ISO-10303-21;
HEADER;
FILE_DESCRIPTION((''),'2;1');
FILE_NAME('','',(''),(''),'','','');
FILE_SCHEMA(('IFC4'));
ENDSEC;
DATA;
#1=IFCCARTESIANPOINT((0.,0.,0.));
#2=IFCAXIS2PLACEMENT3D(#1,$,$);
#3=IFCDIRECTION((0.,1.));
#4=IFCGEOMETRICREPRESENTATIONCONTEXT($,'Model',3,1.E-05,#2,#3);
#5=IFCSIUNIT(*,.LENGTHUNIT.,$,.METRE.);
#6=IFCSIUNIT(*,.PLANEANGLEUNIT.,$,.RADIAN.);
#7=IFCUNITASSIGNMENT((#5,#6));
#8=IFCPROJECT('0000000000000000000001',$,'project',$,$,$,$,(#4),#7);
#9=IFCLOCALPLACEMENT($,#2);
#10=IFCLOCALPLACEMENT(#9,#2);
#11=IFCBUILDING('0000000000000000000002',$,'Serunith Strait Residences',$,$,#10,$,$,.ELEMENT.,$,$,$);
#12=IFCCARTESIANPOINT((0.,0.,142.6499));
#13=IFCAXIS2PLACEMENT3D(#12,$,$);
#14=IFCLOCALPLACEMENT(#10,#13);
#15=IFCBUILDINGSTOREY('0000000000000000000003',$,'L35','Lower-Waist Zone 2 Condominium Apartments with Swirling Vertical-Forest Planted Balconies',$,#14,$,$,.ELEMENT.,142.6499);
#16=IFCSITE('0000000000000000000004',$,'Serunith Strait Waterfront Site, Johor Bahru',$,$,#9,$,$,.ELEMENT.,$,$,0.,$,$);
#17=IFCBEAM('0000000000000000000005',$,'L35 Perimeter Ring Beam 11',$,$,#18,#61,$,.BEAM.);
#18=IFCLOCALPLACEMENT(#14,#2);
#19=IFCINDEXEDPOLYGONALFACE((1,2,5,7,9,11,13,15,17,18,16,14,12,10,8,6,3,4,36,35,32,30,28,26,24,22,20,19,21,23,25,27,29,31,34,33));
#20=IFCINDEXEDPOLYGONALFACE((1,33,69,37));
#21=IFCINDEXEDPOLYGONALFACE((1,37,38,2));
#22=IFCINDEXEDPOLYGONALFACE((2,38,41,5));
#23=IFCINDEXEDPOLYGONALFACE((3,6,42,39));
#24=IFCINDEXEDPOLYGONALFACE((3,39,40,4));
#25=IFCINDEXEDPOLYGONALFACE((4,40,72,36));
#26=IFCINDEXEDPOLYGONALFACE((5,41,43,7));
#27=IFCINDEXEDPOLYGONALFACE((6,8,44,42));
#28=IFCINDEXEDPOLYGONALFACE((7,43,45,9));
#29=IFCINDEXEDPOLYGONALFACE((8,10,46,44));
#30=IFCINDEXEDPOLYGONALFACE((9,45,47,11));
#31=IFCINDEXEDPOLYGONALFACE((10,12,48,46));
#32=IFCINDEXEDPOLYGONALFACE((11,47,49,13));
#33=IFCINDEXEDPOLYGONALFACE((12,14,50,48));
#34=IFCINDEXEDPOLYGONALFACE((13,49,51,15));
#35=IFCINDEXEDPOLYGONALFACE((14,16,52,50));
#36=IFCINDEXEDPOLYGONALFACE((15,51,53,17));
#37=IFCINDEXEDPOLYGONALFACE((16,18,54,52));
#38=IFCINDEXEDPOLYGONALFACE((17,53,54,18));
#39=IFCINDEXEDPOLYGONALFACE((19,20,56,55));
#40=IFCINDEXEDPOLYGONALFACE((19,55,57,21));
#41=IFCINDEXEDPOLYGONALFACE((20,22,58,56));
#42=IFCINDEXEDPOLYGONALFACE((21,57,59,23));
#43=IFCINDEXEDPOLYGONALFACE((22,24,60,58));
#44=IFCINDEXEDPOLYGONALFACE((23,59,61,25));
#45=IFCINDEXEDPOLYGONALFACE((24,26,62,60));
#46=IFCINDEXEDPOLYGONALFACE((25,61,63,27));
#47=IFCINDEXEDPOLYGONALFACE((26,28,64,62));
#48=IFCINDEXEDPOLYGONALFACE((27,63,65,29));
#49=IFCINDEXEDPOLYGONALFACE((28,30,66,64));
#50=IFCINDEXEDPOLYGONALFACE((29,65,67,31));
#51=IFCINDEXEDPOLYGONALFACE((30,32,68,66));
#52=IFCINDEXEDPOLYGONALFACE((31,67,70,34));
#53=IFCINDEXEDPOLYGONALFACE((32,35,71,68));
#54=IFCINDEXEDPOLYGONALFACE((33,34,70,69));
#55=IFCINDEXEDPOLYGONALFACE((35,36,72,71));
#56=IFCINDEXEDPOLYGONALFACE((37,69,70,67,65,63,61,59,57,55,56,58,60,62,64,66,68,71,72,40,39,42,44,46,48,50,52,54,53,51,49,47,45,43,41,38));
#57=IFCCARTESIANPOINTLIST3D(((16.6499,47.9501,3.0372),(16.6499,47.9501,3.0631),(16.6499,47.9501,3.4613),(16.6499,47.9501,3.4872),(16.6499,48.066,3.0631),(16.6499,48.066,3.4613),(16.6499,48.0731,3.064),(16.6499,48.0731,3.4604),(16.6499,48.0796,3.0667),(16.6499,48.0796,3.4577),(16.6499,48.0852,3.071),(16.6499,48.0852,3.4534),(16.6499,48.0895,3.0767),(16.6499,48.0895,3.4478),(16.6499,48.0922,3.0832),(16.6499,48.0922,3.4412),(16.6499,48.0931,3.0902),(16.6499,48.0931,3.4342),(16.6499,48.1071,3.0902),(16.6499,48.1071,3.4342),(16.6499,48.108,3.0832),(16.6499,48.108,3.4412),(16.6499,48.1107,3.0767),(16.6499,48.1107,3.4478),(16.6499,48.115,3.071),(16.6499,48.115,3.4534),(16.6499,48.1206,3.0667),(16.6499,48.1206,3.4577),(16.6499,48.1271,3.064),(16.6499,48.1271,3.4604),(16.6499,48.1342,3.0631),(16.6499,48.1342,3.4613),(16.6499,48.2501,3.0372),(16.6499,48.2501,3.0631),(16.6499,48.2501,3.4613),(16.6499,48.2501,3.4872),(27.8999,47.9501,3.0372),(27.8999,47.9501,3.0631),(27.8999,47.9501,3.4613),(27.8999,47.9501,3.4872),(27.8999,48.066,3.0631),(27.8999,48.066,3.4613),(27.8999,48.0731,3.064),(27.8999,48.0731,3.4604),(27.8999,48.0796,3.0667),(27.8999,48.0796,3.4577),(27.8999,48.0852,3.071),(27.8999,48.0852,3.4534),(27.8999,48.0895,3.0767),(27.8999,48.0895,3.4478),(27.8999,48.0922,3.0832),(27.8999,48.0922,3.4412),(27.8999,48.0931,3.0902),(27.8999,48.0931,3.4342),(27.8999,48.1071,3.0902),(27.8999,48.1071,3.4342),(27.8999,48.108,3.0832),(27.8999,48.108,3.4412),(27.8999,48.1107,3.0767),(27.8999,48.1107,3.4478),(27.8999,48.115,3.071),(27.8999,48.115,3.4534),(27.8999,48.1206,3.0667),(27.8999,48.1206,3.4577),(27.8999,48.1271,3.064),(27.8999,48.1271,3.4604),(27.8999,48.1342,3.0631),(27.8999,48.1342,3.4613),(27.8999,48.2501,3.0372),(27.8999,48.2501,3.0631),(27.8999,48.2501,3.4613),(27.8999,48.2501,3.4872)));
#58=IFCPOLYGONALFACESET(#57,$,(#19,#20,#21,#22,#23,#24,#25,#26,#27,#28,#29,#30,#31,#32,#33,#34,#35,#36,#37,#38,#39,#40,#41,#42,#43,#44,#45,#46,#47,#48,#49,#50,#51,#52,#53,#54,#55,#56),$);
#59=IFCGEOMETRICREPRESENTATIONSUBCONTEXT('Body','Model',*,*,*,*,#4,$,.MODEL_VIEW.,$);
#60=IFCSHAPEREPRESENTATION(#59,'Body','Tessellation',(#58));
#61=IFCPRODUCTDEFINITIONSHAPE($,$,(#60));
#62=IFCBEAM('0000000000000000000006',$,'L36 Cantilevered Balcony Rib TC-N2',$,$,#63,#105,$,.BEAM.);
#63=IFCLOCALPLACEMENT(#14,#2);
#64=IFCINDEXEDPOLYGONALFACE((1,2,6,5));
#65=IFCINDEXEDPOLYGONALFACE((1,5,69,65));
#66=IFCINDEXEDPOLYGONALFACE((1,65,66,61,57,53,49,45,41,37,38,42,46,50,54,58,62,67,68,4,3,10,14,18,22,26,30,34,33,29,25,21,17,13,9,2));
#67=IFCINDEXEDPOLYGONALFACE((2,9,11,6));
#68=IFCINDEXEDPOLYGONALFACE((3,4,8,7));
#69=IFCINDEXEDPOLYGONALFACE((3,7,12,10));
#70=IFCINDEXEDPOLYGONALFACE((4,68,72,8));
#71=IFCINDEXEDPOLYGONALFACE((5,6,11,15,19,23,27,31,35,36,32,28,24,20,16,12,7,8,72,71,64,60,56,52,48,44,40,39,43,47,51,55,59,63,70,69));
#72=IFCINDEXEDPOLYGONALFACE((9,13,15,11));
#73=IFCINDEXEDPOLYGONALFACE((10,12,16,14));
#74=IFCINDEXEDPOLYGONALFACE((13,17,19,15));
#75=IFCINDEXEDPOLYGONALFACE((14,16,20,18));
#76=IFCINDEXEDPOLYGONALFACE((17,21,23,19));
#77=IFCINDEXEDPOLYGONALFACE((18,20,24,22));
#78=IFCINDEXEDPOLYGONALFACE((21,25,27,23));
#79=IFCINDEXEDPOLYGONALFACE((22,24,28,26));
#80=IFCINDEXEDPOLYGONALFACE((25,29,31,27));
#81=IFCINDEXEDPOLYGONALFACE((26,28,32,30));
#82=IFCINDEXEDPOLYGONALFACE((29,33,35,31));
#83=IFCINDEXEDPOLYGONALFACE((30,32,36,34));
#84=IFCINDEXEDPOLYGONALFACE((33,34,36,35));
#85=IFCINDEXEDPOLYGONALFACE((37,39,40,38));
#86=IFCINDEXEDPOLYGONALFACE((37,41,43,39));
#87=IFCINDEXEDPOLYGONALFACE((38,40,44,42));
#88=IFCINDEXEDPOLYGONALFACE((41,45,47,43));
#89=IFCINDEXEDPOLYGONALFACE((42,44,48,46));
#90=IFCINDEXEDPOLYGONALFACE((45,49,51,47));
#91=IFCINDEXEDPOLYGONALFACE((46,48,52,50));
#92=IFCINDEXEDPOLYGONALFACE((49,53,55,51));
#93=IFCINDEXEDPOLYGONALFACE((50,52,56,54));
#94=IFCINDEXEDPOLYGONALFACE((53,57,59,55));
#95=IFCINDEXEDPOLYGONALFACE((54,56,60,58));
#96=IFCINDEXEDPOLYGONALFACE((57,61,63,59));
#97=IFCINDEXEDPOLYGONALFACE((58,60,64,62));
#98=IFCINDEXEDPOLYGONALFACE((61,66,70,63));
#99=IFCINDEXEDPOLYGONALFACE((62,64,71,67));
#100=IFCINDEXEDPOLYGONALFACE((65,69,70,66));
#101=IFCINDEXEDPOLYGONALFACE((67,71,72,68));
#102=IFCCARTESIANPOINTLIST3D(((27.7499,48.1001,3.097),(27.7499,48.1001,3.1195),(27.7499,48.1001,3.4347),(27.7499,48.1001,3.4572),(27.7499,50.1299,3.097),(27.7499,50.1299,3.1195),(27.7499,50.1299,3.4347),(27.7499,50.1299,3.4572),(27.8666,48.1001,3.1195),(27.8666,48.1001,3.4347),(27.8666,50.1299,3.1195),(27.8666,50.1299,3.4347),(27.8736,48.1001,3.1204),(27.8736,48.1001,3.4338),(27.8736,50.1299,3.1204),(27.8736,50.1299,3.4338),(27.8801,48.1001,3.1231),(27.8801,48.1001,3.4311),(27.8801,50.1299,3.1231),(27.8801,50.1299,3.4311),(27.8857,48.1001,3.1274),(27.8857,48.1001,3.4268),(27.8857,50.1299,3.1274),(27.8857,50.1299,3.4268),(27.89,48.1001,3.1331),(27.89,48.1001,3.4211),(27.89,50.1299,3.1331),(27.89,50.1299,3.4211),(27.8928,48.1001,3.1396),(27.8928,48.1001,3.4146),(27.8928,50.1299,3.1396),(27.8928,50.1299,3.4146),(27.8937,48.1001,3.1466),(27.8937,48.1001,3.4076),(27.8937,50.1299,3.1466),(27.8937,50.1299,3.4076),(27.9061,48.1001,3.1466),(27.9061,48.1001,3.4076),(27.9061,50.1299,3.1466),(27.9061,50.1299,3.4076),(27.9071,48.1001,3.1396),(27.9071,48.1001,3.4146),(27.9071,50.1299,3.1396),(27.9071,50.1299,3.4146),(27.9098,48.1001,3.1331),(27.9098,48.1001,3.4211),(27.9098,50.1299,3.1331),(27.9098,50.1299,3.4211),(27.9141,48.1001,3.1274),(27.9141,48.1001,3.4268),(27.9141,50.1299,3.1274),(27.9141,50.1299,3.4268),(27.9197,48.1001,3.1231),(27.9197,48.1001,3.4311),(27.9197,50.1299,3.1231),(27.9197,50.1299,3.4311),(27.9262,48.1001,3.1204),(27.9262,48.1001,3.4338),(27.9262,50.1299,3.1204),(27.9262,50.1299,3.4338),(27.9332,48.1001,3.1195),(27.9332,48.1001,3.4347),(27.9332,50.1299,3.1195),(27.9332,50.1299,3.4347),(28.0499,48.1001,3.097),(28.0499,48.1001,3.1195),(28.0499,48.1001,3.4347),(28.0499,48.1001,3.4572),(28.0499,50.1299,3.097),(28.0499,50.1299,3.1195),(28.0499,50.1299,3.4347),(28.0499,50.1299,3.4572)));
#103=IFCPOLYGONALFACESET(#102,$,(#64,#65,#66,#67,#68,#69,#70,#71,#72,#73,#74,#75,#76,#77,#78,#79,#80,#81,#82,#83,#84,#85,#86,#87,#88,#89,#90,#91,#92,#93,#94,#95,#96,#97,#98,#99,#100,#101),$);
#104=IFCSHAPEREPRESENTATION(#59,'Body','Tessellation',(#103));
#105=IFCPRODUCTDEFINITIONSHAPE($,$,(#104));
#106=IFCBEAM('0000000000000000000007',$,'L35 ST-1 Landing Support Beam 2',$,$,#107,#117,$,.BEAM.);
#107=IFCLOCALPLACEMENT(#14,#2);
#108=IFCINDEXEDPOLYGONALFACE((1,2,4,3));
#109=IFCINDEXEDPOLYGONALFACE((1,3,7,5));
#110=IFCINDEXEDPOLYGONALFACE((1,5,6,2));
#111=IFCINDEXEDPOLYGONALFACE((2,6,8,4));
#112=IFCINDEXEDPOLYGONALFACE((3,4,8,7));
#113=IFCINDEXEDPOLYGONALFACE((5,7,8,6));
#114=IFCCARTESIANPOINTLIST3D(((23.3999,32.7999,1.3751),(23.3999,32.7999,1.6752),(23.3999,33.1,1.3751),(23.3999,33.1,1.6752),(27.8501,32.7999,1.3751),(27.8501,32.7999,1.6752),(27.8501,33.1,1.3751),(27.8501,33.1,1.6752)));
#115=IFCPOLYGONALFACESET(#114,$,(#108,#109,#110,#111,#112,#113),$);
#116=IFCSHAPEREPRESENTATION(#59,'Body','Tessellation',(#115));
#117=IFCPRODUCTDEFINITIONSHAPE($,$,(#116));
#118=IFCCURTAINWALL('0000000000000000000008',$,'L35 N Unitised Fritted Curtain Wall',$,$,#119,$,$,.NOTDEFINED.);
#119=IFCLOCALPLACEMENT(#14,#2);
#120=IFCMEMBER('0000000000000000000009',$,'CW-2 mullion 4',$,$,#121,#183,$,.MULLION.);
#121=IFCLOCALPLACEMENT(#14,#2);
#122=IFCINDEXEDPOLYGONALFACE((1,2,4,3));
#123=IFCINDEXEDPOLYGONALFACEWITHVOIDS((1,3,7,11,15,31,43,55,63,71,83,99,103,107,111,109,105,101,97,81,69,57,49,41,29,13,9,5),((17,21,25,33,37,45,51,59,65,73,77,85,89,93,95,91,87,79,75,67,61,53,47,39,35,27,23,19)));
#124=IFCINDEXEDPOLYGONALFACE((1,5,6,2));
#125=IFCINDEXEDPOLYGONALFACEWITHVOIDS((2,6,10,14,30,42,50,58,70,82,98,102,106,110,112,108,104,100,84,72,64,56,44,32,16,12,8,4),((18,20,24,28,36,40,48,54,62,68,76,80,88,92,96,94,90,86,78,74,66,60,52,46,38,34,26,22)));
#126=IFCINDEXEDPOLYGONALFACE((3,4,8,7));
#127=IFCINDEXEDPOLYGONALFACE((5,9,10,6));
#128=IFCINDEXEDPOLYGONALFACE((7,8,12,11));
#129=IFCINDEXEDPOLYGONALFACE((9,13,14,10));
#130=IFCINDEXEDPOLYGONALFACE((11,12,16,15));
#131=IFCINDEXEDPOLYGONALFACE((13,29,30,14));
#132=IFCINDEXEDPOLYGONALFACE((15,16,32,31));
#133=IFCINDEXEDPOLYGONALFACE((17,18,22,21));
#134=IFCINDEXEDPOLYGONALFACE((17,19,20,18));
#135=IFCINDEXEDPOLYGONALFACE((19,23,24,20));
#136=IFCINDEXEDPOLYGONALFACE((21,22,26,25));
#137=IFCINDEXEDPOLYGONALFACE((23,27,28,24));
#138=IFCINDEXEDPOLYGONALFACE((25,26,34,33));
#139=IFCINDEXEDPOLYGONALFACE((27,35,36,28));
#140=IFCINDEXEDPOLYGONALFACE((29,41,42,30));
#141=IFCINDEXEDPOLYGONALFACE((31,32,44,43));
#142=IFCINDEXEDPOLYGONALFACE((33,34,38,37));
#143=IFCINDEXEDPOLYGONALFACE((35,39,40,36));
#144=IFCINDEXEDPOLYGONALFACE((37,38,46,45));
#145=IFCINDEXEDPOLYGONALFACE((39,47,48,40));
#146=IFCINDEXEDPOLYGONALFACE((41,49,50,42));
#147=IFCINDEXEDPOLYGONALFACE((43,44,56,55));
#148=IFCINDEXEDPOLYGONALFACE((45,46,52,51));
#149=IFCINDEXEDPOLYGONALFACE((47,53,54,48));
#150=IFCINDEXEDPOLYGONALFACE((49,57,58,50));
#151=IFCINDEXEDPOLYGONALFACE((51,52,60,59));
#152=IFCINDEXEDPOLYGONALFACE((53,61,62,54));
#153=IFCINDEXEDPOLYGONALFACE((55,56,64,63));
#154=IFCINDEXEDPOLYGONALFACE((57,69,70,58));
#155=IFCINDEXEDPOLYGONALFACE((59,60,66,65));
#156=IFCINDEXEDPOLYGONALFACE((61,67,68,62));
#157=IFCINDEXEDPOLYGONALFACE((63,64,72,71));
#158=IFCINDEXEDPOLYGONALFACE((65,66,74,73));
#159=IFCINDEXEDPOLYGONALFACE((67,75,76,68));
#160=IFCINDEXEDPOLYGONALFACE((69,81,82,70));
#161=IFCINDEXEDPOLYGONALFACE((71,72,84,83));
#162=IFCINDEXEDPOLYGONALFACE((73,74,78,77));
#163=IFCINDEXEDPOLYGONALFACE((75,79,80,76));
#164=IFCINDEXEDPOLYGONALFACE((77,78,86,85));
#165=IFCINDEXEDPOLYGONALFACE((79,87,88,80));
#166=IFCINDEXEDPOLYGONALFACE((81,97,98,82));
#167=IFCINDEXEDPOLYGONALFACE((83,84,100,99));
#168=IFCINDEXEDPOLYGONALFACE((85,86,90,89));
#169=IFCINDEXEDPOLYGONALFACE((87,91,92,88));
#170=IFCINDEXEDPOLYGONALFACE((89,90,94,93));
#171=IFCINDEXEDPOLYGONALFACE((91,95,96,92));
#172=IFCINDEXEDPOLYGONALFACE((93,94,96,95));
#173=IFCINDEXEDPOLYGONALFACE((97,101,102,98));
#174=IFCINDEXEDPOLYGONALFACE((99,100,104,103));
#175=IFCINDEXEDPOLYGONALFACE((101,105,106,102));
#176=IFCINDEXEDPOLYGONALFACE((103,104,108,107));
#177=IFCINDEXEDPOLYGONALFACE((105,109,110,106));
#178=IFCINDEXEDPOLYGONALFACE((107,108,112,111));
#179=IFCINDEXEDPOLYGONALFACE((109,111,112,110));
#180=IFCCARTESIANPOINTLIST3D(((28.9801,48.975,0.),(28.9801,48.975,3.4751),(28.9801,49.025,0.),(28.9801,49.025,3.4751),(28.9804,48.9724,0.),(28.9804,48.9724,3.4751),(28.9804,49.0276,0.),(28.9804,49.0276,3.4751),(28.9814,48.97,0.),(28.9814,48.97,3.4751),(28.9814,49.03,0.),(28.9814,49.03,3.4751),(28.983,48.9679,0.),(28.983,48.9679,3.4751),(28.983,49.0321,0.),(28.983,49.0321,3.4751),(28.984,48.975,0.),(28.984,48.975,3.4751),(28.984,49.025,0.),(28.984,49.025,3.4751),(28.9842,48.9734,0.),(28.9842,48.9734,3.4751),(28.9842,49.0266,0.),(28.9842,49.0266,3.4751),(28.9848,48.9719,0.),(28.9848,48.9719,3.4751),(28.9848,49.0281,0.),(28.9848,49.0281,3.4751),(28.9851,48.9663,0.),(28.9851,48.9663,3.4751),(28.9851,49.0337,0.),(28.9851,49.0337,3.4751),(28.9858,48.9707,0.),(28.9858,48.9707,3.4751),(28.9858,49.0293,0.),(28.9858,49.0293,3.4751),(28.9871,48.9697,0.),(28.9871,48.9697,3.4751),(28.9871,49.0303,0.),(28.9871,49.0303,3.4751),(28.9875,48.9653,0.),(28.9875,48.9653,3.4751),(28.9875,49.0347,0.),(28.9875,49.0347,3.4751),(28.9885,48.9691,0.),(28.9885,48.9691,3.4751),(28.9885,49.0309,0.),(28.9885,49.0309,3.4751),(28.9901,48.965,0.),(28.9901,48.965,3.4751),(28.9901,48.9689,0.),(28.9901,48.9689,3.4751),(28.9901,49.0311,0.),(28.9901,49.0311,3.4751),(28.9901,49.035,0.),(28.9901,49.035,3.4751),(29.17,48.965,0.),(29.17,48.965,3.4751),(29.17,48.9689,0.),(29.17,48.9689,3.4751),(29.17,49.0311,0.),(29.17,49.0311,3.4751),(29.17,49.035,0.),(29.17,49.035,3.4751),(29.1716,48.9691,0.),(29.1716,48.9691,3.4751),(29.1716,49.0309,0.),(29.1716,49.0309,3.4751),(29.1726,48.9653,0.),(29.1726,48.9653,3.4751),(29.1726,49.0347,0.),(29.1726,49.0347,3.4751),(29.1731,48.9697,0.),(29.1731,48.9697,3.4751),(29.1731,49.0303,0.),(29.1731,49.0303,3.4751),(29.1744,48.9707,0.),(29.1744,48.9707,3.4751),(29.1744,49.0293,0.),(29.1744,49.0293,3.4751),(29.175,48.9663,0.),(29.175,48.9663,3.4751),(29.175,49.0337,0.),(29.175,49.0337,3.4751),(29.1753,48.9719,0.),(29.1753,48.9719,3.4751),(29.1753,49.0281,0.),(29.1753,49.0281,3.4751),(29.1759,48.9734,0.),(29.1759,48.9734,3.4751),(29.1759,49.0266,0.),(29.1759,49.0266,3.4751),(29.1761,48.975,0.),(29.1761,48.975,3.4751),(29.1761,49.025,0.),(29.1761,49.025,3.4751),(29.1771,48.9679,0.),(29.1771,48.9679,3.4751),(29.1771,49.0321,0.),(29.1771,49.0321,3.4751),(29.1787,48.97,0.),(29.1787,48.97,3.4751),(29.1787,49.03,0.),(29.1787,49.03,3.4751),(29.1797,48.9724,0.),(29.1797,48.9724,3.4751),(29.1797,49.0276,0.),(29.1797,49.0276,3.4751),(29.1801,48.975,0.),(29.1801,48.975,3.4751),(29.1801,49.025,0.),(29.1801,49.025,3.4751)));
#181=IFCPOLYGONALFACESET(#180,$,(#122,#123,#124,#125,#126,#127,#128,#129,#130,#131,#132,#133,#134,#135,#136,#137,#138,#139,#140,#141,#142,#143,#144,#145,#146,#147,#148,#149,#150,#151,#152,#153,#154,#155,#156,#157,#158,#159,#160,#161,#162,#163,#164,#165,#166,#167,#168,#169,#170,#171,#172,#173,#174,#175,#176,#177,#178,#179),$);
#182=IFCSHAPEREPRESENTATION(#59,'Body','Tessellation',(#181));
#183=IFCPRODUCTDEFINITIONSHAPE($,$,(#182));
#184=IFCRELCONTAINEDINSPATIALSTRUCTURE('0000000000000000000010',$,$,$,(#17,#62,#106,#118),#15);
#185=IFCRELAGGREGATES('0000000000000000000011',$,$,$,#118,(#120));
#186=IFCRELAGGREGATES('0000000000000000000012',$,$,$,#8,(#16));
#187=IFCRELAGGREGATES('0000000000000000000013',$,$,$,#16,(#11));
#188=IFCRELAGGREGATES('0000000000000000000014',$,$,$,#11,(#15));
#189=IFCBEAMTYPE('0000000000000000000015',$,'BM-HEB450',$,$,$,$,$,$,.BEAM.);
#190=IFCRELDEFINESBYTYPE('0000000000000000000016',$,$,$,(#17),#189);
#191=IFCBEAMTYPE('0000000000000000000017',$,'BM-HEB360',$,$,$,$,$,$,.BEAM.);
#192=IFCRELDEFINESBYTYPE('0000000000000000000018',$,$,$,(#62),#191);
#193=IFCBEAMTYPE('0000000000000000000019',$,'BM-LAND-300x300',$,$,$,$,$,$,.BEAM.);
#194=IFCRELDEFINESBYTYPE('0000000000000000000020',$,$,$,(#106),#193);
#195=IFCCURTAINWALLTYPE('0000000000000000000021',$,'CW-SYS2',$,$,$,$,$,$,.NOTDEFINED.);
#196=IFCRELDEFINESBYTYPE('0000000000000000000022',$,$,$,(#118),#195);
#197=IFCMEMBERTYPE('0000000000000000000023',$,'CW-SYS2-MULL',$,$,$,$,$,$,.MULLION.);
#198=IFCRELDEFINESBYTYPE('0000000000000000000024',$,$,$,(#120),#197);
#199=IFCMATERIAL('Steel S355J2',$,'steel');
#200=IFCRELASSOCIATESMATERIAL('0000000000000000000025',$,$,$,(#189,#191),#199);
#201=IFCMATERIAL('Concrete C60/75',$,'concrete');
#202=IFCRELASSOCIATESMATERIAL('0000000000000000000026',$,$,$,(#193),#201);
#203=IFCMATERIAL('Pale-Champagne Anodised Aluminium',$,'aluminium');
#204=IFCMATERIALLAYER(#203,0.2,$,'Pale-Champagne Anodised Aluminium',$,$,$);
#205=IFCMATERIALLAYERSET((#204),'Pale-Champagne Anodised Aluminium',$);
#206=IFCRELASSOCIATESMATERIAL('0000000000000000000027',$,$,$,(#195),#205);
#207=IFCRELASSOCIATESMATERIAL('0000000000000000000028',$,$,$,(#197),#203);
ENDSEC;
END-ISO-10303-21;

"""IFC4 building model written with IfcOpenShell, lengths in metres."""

from ifc_helpers import new_model, si_unit, direction, frame, origin, origin_2d, place, context, subcontext, project, spatial, rectangle, hollow_rectangle, i_section, extrude, source, transform, mapped, material, layer, layer_set, material_profile, profile_set, type_object, element, aggregate, save


model = new_model("IFC4")

# Units and contexts
model_context = context("Model", 3, precision=1e-05, world=origin(), true_north=direction((0.0, 1.0)))
body_context = subcontext(model_context, "Body", "Model", "MODEL_VIEW")
ifc_project = project(units=[si_unit("LENGTHUNIT", "METRE"), si_unit("PLANEANGLEUNIT", "RADIAN")], contexts=[model_context])

# Site, building, storey
site_placement = place(None, origin())
site = spatial("IfcSite", under=ifc_project, at=site_placement, Name="Serunith Strait Waterfront Site, Johor Bahru", CompositionType="ELEMENT", RefElevation=0.0)
building_placement = place(site_placement, origin())
building = spatial("IfcBuilding", under=site, at=building_placement, Name="Serunith Strait Residences", CompositionType="ELEMENT")
storey_placement = place(building_placement, frame((0.0, 0.0, 142.6499)))
storey = spatial("IfcBuildingStorey", under=building, at=storey_placement, Name="L35", Description="Lower-Waist Zone 2 Condominium Apartments with Swirling Vertical-Forest Planted Balconies", CompositionType="ELEMENT", Elevation=142.6499)

# Beams
ifc_material_1 = material(Name="Steel S355J2", Category="steel")
ifc_material_profile_1 = material_profile(ifc_material_1, i_section(OverallWidth=0.3, OverallDepth=0.45, WebThickness=0.0139, FlangeThickness=0.0259, FilletRadius=0.0271, at=origin_2d()), Name="HEB 450")
ifc_profile_set_1 = profile_set([ifc_material_profile_1], Name="Steel S355J2")
beam_type_1 = type_object("IfcBeamType", Name="BM-HEB450", PredefinedType="BEAM", material=ifc_profile_set_1)
shared_shape_1 = source(origin(), body_context, "Body", "SweptSolid", [
    extrude(i_section(OverallWidth=0.3, OverallDepth=0.45, WebThickness=0.0139, FlangeThickness=0.0259, FilletRadius=0.0271, at=origin_2d()), origin(), (0.0, 0.0, 1.0), 11.25),
])
beam_1_placement = place(storey_placement, frame((27.8999, 48.1001, 3.2622), z_axis=(-1.0, 0.0, 0.0), x_axis=(0.0, -1.0, 0.0)))
element("IfcBeam", 1, at=beam_1_placement, inside=storey, type_object=beam_type_1, Name="L35 Perimeter Ring Beam 11", PredefinedType="BEAM", context=body_context, shape_type="MappedRepresentation", body=[
    mapped(shared_shape_1, transform((0.0, 0.0, 0.0), scale=1.0)),
])
ifc_material_profile_2 = material_profile(ifc_material_1, i_section(OverallWidth=0.3, OverallDepth=0.3601, WebThickness=0.0125, FlangeThickness=0.0225, FilletRadius=0.0271, at=origin_2d()), Name="HEB 360")
ifc_profile_set_2 = profile_set([ifc_material_profile_2], Name="Steel S355J2")
beam_type_2 = type_object("IfcBeamType", Name="BM-HEB360", PredefinedType="BEAM", material=ifc_profile_set_2)
shared_shape_2 = source(origin(), body_context, "Body", "SweptSolid", [
    extrude(i_section(OverallWidth=0.3, OverallDepth=0.3601, WebThickness=0.0125, FlangeThickness=0.0225, FilletRadius=0.0271, at=origin_2d()), origin(), (0.0, 0.0, 1.0), 2.0298),
])
beam_2_placement = place(storey_placement, frame((27.8999, 48.1001, 3.2771), z_axis=(0.0, 1.0, 0.0), x_axis=(-1.0, 0.0, 0.0)))
element("IfcBeam", 2, at=beam_2_placement, inside=storey, type_object=beam_type_2, Name="L36 Cantilevered Balcony Rib TC-N2", PredefinedType="BEAM", context=body_context, shape_type="MappedRepresentation", body=[
    mapped(shared_shape_2, transform((0.0, 0.0, 0.0), scale=1.0)),
])
ifc_material_2 = material(Name="Concrete C60/75", Category="concrete")
ifc_material_profile_3 = material_profile(ifc_material_2, rectangle(XDim=0.3, YDim=0.3, at=origin_2d()), Name="RC 300x300")
ifc_profile_set_3 = profile_set([ifc_material_profile_3], Name="Concrete C60/75")
beam_type_3 = type_object("IfcBeamType", Name="BM-LAND-300x300", PredefinedType="BEAM", material=ifc_profile_set_3)
shared_shape_3 = source(origin(), body_context, "Body", "SweptSolid", [
    extrude(rectangle(XDim=0.3, YDim=0.3, at=origin_2d()), origin(), (0.0, 0.0, 1.0), 4.4502),
])
beam_3_placement = place(storey_placement, frame((23.3999, 32.95, 1.5251), z_axis=(1.0, 0.0, 0.0), x_axis=(0.0, 1.0, 0.0)))
element("IfcBeam", 3, at=beam_3_placement, inside=storey, type_object=beam_type_3, Name="L35 ST-1 Landing Support Beam 2", PredefinedType="BEAM", context=body_context, shape_type="MappedRepresentation", body=[
    mapped(shared_shape_3, transform((0.0, 0.0, 0.0), scale=1.0)),
])

# Curtain wall, member
ifc_material_3 = material(Name="Pale-Champagne Anodised Aluminium", Category="aluminium")
ifc_layer_1 = layer(ifc_material_3, 0.2, Name="Pale-Champagne Anodised Aluminium")
ifc_layer_set_1 = layer_set([ifc_layer_1], Name="Pale-Champagne Anodised Aluminium")
curtain_wall_type = type_object("IfcCurtainWallType", Name="CW-SYS2", PredefinedType="NOTDEFINED", material=ifc_layer_set_1)
curtain_wall_placement = place(storey_placement, origin())
curtain_wall = element("IfcCurtainWall", 4, at=curtain_wall_placement, inside=storey, type_object=curtain_wall_type, Name="L35 N Unitised Fritted Curtain Wall", PredefinedType="NOTDEFINED")
ifc_material_profile_4 = material_profile(ifc_material_3, hollow_rectangle(XDim=0.0701, YDim=0.2, WallThickness=0.0039, InnerFilletRadius=0.0061, OuterFilletRadius=0.01, at=origin_2d()), Name="ALU 200x70x4")
ifc_profile_set_4 = profile_set([ifc_material_profile_4], Name="Pale-Champagne Anodised Aluminium")
member_type_1 = type_object("IfcMemberType", Name="CW-SYS2-MULL", PredefinedType="MULLION", material=ifc_profile_set_4)
shared_shape_4 = source(origin(), body_context, "Body", "SweptSolid", [
    extrude(hollow_rectangle(XDim=0.0701, YDim=0.2, WallThickness=0.0039, InnerFilletRadius=0.0061, OuterFilletRadius=0.01, at=origin_2d()), origin(), (0.0, 0.0, 1.0), 3.4751),
])
member_1_placement = place(storey_placement, frame((29.0801, 49.0, 0.0), z_axis=(0.0, 0.0, 1.0), x_axis=(0.0, -1.0, 0.0)))
member_1 = element("IfcMember", 5, at=member_1_placement, type_object=member_type_1, Name="CW-2 mullion 4", PredefinedType="MULLION", context=body_context, shape_type="MappedRepresentation", body=[
    mapped(shared_shape_4, transform((0.0, 0.0, 0.0), scale=1.0)),
])
aggregate(curtain_wall, [member_1])

save(model, "model.ifc")
